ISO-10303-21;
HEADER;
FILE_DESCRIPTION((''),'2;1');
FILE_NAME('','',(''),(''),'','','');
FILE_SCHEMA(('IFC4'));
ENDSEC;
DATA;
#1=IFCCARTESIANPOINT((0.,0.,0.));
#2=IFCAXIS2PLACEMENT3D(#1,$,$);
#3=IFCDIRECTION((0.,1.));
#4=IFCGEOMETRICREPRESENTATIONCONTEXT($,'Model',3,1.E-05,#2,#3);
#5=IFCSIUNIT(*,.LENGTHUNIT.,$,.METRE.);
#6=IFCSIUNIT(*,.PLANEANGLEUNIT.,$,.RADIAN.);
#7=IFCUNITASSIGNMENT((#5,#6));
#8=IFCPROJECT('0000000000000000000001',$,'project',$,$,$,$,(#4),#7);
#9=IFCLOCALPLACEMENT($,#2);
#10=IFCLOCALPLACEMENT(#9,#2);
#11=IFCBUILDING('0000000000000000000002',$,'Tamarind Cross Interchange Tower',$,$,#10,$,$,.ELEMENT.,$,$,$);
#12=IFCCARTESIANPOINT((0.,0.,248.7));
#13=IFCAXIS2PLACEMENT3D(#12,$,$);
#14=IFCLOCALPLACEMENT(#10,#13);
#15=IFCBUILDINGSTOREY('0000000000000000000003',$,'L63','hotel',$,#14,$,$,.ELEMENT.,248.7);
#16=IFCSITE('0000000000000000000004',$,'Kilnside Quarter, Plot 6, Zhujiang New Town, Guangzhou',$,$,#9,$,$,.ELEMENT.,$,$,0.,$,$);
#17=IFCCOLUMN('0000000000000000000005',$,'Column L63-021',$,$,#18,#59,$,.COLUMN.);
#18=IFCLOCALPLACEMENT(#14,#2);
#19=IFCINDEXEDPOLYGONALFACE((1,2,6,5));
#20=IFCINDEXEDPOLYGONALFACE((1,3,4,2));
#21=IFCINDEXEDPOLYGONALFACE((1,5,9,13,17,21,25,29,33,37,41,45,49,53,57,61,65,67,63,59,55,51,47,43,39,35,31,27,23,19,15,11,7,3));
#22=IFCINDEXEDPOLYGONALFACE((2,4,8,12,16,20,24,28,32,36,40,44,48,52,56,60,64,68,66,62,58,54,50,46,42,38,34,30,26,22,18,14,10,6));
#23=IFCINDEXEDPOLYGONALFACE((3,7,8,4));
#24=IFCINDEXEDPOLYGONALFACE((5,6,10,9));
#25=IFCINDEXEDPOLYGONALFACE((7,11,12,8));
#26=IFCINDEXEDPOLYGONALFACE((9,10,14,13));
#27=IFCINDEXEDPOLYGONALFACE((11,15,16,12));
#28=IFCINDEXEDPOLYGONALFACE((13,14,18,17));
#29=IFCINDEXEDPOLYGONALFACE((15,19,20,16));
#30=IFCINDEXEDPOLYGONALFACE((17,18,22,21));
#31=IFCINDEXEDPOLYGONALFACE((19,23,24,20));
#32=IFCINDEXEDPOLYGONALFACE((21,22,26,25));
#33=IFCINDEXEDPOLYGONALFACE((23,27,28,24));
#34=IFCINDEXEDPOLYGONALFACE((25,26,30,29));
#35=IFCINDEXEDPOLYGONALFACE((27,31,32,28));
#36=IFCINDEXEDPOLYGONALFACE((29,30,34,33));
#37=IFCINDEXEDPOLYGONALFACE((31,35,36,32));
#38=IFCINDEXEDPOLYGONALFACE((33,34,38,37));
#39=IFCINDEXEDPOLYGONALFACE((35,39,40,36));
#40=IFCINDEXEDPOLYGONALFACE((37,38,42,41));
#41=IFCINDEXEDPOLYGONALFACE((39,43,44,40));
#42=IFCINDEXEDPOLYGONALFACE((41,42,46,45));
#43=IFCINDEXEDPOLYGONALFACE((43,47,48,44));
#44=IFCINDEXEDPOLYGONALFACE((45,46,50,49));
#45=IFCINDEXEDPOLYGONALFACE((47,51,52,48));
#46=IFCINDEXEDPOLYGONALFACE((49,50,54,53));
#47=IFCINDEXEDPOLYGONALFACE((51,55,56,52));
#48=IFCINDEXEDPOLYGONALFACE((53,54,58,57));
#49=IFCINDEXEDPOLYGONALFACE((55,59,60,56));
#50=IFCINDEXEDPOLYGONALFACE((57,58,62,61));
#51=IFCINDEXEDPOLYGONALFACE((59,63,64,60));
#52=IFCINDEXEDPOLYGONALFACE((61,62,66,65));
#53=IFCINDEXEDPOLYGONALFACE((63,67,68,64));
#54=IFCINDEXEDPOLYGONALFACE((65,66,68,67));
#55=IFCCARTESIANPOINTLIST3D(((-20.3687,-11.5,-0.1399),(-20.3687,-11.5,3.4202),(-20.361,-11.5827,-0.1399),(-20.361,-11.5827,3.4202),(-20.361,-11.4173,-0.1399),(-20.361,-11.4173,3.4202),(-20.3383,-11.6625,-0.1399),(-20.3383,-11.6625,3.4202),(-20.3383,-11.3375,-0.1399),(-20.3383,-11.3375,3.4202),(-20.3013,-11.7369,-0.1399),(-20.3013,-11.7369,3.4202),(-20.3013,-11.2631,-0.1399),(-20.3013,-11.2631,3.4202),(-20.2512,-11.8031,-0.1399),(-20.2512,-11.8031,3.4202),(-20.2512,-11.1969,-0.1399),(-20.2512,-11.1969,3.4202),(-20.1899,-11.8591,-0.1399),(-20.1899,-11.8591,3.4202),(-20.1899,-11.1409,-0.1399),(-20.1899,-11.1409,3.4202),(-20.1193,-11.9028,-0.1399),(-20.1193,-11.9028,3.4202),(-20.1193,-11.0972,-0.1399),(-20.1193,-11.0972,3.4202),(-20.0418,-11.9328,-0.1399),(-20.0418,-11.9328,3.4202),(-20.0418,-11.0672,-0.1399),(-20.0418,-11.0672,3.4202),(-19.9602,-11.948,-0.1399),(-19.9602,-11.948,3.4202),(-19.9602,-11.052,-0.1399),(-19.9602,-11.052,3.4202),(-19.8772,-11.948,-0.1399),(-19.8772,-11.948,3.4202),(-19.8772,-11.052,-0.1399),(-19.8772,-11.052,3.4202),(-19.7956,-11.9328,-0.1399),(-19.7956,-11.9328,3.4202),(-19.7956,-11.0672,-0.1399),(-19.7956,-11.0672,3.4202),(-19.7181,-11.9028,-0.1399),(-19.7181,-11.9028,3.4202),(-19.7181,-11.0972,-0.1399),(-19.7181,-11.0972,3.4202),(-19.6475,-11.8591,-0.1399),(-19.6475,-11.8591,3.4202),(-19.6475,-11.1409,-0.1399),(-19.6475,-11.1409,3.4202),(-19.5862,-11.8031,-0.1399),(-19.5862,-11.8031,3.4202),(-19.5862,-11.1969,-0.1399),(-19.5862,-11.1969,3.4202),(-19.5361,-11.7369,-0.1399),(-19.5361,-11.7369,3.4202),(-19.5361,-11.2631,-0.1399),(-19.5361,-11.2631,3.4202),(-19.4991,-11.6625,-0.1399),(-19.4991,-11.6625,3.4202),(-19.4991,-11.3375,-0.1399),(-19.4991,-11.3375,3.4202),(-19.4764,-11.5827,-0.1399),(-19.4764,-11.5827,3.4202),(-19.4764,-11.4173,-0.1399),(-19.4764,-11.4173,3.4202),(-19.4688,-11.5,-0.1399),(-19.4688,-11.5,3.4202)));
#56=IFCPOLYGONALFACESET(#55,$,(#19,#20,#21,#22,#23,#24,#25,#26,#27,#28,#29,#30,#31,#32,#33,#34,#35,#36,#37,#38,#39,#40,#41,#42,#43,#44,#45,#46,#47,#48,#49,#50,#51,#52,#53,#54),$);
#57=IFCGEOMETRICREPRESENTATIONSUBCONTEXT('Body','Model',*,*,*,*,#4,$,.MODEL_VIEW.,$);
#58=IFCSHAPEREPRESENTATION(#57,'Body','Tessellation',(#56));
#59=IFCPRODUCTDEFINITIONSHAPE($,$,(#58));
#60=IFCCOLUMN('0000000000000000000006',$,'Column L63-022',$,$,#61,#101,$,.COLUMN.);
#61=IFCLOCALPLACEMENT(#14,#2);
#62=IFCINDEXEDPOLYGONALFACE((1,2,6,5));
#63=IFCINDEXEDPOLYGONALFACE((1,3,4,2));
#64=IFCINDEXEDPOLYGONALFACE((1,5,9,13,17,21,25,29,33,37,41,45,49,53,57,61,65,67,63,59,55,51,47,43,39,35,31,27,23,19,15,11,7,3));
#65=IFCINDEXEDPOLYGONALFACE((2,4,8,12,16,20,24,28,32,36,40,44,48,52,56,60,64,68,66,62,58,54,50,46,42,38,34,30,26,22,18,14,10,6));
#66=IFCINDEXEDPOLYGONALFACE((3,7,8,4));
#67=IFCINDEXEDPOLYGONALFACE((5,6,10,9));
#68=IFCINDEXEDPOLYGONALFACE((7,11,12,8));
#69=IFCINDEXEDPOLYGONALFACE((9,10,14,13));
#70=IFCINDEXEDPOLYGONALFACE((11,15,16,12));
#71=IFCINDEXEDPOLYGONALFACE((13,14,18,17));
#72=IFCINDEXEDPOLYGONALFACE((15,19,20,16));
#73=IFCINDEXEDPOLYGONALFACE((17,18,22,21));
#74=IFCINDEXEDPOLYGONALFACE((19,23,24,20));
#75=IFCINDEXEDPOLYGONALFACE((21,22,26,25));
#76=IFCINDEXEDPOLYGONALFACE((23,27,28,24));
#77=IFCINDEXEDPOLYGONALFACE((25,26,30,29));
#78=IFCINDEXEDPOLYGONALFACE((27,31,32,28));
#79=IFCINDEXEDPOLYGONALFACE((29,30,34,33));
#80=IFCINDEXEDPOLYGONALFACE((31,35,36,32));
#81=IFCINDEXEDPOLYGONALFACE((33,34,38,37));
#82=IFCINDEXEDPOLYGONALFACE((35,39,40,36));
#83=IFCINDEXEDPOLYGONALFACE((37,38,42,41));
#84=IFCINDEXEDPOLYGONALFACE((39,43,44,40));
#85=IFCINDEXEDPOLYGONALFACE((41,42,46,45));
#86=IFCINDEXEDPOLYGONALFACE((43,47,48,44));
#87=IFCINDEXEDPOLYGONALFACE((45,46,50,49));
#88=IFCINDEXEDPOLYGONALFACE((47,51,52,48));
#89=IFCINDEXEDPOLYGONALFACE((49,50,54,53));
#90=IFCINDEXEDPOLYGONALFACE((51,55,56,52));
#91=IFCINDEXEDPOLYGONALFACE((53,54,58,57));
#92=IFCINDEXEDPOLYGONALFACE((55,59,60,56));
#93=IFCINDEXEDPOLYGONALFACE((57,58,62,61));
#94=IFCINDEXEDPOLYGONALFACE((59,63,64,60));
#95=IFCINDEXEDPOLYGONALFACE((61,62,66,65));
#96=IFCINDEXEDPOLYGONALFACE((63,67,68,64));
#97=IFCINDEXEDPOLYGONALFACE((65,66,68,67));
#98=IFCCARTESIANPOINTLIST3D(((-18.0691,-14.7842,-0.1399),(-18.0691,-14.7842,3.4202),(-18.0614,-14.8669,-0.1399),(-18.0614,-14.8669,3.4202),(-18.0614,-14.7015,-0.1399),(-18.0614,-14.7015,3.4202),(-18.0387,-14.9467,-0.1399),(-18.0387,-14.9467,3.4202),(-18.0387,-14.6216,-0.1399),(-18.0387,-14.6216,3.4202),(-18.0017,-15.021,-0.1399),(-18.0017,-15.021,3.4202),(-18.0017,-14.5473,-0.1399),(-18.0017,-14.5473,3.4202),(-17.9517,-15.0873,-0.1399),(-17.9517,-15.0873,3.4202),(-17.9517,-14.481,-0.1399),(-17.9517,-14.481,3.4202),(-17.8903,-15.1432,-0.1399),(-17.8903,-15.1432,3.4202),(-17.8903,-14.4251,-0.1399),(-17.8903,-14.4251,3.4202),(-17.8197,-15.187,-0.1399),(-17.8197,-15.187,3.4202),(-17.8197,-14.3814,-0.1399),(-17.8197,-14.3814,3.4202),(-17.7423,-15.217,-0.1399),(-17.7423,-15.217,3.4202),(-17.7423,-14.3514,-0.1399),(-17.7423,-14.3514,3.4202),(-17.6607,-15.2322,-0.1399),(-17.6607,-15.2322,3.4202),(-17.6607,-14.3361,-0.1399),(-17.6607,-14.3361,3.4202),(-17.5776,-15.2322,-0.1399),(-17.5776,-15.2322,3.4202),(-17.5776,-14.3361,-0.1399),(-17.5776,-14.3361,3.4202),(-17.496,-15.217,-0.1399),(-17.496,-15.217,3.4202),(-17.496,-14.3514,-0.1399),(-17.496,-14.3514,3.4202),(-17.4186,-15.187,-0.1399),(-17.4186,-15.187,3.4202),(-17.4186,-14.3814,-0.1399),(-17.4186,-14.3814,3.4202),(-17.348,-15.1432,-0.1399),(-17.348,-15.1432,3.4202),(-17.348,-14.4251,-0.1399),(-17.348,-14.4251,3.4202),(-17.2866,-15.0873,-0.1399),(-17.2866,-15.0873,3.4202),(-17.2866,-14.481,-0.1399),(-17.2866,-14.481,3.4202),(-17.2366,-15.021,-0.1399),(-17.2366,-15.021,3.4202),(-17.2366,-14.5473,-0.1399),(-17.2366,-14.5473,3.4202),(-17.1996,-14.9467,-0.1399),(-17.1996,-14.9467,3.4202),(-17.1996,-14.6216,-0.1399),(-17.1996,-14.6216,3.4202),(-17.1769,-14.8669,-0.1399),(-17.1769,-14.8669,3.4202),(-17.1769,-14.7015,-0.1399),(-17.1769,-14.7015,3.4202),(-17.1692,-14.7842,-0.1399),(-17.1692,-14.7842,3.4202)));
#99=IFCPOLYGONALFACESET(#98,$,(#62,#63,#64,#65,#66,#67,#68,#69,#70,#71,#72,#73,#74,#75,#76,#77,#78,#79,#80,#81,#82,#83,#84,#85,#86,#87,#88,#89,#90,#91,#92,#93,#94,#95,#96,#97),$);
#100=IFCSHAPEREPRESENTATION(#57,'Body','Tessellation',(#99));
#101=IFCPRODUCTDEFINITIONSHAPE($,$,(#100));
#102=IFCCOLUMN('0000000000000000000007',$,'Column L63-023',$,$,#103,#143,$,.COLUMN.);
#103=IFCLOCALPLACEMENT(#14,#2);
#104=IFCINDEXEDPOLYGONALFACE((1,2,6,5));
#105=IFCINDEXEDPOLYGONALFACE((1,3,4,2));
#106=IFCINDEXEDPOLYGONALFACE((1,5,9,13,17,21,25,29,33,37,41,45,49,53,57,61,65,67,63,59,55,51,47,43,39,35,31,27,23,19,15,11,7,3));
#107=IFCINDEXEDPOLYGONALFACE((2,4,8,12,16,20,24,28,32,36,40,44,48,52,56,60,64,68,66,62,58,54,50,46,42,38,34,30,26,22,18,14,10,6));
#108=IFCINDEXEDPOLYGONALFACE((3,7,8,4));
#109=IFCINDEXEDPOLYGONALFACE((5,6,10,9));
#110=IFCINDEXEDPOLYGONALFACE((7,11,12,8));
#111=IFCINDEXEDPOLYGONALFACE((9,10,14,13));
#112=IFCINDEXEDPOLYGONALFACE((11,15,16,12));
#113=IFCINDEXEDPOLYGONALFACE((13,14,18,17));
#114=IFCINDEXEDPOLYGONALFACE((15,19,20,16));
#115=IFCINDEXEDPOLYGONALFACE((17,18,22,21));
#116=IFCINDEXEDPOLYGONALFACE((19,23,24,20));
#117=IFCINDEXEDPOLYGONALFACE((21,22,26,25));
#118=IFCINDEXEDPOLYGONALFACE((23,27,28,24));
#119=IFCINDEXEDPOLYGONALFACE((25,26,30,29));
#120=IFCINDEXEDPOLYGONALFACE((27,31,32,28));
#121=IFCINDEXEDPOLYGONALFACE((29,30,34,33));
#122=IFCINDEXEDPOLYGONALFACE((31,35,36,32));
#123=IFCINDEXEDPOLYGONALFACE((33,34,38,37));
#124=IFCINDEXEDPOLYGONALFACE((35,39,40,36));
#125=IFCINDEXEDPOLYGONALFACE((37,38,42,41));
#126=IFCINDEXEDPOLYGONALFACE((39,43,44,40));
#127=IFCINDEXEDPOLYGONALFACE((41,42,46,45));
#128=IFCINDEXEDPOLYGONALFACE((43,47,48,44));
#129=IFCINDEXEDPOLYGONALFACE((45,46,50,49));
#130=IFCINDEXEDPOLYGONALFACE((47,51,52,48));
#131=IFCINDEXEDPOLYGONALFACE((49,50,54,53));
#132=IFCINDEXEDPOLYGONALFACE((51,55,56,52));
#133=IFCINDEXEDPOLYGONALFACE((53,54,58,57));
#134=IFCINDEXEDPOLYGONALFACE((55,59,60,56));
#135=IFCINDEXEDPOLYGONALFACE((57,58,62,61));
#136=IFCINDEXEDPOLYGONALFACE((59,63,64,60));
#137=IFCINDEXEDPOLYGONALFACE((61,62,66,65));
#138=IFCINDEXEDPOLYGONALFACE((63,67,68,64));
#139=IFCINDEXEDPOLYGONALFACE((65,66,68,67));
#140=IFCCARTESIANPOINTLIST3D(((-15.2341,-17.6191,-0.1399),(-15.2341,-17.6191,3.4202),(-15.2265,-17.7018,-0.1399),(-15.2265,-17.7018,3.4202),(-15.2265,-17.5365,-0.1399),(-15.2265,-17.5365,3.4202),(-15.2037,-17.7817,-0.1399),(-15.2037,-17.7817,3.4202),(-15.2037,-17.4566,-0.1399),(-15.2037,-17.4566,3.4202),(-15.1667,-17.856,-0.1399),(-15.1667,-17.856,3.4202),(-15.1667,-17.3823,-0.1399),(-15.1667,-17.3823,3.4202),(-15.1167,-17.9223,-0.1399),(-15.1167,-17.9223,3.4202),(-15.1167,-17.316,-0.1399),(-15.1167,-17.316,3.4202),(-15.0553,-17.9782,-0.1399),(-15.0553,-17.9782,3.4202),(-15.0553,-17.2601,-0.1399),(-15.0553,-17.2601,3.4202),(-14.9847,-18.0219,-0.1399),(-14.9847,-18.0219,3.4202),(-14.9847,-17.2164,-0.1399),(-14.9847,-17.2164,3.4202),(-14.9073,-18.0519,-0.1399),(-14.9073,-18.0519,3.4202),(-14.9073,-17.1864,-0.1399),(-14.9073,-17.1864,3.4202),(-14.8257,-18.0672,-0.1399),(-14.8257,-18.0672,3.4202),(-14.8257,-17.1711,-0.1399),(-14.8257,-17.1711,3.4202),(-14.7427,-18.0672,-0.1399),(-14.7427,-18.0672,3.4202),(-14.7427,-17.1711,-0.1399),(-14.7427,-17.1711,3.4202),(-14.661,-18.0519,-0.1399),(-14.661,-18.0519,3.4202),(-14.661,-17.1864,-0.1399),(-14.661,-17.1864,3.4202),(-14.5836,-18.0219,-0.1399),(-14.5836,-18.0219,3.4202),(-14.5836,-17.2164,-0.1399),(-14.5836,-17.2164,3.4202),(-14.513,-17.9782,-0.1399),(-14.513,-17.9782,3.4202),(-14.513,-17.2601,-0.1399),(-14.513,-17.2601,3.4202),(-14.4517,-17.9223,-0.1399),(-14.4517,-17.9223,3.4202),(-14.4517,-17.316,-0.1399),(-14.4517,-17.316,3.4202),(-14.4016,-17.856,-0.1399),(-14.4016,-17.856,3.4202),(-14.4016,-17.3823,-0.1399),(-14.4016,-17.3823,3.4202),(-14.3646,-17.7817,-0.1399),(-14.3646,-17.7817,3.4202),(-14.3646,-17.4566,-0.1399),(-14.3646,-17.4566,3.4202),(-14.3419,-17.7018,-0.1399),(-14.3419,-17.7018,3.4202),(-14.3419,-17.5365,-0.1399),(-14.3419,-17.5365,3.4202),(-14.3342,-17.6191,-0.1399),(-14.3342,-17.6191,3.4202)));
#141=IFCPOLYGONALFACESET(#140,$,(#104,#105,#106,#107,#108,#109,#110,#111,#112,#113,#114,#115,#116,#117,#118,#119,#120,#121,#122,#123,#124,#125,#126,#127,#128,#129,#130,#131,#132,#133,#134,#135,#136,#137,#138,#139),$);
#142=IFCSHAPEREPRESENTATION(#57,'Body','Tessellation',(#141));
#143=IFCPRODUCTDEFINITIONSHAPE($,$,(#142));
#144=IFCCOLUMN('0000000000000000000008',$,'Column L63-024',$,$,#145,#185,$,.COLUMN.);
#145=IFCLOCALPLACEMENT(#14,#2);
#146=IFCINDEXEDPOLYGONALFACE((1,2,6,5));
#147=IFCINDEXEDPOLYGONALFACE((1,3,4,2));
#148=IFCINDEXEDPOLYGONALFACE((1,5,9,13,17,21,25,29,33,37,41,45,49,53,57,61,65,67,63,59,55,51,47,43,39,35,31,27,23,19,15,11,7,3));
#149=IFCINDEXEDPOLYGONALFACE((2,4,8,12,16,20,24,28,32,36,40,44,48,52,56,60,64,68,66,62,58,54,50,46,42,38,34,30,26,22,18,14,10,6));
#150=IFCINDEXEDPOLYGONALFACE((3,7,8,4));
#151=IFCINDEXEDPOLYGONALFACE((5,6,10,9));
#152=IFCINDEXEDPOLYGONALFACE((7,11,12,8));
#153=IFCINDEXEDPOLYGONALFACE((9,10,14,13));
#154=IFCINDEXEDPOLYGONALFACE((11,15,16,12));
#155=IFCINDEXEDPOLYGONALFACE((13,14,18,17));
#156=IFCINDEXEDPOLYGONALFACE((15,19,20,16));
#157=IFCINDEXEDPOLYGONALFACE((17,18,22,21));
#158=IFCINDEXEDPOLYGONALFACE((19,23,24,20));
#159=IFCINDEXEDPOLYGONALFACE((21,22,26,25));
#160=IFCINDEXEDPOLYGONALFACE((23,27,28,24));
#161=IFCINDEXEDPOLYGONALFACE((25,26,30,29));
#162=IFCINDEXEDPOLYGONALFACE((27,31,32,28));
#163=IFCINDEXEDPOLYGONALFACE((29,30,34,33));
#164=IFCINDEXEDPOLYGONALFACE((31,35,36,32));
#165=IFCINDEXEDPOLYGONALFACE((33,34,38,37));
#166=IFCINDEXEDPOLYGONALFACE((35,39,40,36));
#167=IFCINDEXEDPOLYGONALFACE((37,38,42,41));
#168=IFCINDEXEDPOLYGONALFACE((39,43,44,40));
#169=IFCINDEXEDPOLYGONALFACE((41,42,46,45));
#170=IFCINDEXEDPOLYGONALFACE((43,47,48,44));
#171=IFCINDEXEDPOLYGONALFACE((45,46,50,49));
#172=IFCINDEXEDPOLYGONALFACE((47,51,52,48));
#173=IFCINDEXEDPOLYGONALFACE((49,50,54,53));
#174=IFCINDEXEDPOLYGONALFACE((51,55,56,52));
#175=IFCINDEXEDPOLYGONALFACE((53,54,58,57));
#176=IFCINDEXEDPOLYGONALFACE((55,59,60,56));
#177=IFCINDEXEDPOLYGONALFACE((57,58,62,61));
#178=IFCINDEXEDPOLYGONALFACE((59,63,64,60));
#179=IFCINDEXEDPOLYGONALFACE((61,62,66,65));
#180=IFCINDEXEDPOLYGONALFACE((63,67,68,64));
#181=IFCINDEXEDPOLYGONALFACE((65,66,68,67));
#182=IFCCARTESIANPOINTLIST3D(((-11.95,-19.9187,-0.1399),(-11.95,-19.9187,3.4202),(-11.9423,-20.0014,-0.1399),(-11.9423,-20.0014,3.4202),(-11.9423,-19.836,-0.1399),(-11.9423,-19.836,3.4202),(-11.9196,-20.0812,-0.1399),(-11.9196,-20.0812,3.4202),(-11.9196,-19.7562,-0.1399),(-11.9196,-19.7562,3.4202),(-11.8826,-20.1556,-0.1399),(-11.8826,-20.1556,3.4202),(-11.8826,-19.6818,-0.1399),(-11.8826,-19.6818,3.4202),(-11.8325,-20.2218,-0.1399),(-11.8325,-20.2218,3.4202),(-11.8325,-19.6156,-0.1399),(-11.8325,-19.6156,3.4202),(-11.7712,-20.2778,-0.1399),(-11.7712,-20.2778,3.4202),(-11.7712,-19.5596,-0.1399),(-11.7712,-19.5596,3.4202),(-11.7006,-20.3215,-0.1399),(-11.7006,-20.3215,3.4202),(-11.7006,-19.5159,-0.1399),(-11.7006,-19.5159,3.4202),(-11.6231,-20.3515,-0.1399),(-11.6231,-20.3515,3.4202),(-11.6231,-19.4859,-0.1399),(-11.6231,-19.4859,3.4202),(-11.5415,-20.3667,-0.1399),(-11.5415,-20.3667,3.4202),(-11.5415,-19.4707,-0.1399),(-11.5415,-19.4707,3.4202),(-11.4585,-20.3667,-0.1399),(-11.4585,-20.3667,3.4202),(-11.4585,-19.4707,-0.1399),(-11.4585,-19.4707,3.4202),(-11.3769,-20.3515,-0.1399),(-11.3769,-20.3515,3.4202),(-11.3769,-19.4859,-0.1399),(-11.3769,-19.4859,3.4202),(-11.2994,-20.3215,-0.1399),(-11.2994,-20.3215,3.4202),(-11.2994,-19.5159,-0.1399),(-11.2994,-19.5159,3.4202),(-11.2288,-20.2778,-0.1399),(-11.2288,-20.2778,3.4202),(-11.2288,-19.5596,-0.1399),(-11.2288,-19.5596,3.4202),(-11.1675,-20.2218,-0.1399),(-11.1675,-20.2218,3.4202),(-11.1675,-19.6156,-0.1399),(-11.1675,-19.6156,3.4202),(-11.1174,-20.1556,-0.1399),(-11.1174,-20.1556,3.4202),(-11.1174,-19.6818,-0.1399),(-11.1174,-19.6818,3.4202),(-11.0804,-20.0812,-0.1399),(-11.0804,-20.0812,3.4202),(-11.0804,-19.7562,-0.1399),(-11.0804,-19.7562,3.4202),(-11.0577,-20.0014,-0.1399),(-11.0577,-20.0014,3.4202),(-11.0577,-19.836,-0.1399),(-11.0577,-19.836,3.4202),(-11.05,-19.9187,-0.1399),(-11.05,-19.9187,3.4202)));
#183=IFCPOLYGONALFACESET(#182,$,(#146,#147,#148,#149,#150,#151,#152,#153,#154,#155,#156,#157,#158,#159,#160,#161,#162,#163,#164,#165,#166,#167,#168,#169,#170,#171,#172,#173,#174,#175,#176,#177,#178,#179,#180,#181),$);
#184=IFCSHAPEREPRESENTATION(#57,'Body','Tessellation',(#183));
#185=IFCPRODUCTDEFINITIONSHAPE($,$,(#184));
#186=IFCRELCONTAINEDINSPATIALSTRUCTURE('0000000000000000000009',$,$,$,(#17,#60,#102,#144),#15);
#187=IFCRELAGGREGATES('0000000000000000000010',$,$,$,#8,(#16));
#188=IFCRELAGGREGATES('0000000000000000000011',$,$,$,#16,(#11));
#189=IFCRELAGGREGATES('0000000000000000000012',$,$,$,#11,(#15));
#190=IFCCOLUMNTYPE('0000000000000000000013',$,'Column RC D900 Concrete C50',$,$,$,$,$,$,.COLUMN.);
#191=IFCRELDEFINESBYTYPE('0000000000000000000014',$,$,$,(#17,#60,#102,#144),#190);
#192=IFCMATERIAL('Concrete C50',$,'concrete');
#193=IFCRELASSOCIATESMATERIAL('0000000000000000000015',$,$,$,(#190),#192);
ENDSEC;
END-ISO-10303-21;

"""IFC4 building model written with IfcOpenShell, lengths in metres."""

from ifc_helpers import new_model, si_unit, direction, frame, origin, origin_2d, place, context, subcontext, project, spatial, circle, extrude, material, material_profile, profile_set, type_object, element, save


model = new_model("IFC4")

# Units and contexts
model_context = context("Model", 3, precision=1e-05, world=origin(), true_north=direction((0.0, 1.0)))
body_context = subcontext(model_context, "Body", "Model", "MODEL_VIEW")
ifc_project = project(units=[si_unit("LENGTHUNIT", "METRE"), si_unit("PLANEANGLEUNIT", "RADIAN")], contexts=[model_context])

# Site, building, storey
site_placement = place(None, origin())
site = spatial("IfcSite", under=ifc_project, at=site_placement, Name="Kilnside Quarter, Plot 6, Zhujiang New Town, Guangzhou", CompositionType="ELEMENT", RefElevation=0.0)
building_placement = place(site_placement, origin())
building = spatial("IfcBuilding", under=site, at=building_placement, Name="Tamarind Cross Interchange Tower", CompositionType="ELEMENT")
storey_placement = place(building_placement, frame((0.0, 0.0, 248.7)))
storey = spatial("IfcBuildingStorey", under=building, at=storey_placement, Name="L63", Description="hotel", CompositionType="ELEMENT", Elevation=248.7)

# Columns
ifc_material_1 = material(Name="Concrete C50", Category="concrete")
ifc_material_profile_1 = material_profile(ifc_material_1, circle(Radius=0.45, at=origin_2d()), Name="RC D900")
ifc_profile_set_1 = profile_set([ifc_material_profile_1], Name="Concrete C50")
column_type = type_object("IfcColumnType", Name="Column RC D900 Concrete C50", PredefinedType="COLUMN", material=ifc_profile_set_1)
for number, where, z_axis, x_axis, name in (
    (1, (-19.9187, -11.5, -0.1399), (0.0, 0.0, 1.0), (1.0, 0.0, 0.0), "Column L63-021"),
    (2, (-17.6191, -14.7842, -0.1399), (0.0, 0.0, 1.0), (1.0, 0.0, 0.0), "Column L63-022"),
    (3, (-14.7842, -17.6191, -0.1399), (0.0, 0.0, 1.0), (1.0, 0.0, 0.0), "Column L63-023"),
    (4, (-11.5, -19.9187, -0.1399), (0.0, 0.0, 1.0), (1.0, 0.0, 0.0), "Column L63-024"),
):
    element("IfcColumn", number, at=place(storey_placement, frame(where, z_axis=z_axis, x_axis=x_axis)), inside=storey, type_object=column_type, Name=name, PredefinedType="COLUMN", context=body_context, shape_type="SweptSolid", body=[
        extrude(circle(Radius=0.45, at=origin_2d()), origin(), (0.0, 0.0, 1.0), 3.5601),
    ])

save(model, "model.ifc")
